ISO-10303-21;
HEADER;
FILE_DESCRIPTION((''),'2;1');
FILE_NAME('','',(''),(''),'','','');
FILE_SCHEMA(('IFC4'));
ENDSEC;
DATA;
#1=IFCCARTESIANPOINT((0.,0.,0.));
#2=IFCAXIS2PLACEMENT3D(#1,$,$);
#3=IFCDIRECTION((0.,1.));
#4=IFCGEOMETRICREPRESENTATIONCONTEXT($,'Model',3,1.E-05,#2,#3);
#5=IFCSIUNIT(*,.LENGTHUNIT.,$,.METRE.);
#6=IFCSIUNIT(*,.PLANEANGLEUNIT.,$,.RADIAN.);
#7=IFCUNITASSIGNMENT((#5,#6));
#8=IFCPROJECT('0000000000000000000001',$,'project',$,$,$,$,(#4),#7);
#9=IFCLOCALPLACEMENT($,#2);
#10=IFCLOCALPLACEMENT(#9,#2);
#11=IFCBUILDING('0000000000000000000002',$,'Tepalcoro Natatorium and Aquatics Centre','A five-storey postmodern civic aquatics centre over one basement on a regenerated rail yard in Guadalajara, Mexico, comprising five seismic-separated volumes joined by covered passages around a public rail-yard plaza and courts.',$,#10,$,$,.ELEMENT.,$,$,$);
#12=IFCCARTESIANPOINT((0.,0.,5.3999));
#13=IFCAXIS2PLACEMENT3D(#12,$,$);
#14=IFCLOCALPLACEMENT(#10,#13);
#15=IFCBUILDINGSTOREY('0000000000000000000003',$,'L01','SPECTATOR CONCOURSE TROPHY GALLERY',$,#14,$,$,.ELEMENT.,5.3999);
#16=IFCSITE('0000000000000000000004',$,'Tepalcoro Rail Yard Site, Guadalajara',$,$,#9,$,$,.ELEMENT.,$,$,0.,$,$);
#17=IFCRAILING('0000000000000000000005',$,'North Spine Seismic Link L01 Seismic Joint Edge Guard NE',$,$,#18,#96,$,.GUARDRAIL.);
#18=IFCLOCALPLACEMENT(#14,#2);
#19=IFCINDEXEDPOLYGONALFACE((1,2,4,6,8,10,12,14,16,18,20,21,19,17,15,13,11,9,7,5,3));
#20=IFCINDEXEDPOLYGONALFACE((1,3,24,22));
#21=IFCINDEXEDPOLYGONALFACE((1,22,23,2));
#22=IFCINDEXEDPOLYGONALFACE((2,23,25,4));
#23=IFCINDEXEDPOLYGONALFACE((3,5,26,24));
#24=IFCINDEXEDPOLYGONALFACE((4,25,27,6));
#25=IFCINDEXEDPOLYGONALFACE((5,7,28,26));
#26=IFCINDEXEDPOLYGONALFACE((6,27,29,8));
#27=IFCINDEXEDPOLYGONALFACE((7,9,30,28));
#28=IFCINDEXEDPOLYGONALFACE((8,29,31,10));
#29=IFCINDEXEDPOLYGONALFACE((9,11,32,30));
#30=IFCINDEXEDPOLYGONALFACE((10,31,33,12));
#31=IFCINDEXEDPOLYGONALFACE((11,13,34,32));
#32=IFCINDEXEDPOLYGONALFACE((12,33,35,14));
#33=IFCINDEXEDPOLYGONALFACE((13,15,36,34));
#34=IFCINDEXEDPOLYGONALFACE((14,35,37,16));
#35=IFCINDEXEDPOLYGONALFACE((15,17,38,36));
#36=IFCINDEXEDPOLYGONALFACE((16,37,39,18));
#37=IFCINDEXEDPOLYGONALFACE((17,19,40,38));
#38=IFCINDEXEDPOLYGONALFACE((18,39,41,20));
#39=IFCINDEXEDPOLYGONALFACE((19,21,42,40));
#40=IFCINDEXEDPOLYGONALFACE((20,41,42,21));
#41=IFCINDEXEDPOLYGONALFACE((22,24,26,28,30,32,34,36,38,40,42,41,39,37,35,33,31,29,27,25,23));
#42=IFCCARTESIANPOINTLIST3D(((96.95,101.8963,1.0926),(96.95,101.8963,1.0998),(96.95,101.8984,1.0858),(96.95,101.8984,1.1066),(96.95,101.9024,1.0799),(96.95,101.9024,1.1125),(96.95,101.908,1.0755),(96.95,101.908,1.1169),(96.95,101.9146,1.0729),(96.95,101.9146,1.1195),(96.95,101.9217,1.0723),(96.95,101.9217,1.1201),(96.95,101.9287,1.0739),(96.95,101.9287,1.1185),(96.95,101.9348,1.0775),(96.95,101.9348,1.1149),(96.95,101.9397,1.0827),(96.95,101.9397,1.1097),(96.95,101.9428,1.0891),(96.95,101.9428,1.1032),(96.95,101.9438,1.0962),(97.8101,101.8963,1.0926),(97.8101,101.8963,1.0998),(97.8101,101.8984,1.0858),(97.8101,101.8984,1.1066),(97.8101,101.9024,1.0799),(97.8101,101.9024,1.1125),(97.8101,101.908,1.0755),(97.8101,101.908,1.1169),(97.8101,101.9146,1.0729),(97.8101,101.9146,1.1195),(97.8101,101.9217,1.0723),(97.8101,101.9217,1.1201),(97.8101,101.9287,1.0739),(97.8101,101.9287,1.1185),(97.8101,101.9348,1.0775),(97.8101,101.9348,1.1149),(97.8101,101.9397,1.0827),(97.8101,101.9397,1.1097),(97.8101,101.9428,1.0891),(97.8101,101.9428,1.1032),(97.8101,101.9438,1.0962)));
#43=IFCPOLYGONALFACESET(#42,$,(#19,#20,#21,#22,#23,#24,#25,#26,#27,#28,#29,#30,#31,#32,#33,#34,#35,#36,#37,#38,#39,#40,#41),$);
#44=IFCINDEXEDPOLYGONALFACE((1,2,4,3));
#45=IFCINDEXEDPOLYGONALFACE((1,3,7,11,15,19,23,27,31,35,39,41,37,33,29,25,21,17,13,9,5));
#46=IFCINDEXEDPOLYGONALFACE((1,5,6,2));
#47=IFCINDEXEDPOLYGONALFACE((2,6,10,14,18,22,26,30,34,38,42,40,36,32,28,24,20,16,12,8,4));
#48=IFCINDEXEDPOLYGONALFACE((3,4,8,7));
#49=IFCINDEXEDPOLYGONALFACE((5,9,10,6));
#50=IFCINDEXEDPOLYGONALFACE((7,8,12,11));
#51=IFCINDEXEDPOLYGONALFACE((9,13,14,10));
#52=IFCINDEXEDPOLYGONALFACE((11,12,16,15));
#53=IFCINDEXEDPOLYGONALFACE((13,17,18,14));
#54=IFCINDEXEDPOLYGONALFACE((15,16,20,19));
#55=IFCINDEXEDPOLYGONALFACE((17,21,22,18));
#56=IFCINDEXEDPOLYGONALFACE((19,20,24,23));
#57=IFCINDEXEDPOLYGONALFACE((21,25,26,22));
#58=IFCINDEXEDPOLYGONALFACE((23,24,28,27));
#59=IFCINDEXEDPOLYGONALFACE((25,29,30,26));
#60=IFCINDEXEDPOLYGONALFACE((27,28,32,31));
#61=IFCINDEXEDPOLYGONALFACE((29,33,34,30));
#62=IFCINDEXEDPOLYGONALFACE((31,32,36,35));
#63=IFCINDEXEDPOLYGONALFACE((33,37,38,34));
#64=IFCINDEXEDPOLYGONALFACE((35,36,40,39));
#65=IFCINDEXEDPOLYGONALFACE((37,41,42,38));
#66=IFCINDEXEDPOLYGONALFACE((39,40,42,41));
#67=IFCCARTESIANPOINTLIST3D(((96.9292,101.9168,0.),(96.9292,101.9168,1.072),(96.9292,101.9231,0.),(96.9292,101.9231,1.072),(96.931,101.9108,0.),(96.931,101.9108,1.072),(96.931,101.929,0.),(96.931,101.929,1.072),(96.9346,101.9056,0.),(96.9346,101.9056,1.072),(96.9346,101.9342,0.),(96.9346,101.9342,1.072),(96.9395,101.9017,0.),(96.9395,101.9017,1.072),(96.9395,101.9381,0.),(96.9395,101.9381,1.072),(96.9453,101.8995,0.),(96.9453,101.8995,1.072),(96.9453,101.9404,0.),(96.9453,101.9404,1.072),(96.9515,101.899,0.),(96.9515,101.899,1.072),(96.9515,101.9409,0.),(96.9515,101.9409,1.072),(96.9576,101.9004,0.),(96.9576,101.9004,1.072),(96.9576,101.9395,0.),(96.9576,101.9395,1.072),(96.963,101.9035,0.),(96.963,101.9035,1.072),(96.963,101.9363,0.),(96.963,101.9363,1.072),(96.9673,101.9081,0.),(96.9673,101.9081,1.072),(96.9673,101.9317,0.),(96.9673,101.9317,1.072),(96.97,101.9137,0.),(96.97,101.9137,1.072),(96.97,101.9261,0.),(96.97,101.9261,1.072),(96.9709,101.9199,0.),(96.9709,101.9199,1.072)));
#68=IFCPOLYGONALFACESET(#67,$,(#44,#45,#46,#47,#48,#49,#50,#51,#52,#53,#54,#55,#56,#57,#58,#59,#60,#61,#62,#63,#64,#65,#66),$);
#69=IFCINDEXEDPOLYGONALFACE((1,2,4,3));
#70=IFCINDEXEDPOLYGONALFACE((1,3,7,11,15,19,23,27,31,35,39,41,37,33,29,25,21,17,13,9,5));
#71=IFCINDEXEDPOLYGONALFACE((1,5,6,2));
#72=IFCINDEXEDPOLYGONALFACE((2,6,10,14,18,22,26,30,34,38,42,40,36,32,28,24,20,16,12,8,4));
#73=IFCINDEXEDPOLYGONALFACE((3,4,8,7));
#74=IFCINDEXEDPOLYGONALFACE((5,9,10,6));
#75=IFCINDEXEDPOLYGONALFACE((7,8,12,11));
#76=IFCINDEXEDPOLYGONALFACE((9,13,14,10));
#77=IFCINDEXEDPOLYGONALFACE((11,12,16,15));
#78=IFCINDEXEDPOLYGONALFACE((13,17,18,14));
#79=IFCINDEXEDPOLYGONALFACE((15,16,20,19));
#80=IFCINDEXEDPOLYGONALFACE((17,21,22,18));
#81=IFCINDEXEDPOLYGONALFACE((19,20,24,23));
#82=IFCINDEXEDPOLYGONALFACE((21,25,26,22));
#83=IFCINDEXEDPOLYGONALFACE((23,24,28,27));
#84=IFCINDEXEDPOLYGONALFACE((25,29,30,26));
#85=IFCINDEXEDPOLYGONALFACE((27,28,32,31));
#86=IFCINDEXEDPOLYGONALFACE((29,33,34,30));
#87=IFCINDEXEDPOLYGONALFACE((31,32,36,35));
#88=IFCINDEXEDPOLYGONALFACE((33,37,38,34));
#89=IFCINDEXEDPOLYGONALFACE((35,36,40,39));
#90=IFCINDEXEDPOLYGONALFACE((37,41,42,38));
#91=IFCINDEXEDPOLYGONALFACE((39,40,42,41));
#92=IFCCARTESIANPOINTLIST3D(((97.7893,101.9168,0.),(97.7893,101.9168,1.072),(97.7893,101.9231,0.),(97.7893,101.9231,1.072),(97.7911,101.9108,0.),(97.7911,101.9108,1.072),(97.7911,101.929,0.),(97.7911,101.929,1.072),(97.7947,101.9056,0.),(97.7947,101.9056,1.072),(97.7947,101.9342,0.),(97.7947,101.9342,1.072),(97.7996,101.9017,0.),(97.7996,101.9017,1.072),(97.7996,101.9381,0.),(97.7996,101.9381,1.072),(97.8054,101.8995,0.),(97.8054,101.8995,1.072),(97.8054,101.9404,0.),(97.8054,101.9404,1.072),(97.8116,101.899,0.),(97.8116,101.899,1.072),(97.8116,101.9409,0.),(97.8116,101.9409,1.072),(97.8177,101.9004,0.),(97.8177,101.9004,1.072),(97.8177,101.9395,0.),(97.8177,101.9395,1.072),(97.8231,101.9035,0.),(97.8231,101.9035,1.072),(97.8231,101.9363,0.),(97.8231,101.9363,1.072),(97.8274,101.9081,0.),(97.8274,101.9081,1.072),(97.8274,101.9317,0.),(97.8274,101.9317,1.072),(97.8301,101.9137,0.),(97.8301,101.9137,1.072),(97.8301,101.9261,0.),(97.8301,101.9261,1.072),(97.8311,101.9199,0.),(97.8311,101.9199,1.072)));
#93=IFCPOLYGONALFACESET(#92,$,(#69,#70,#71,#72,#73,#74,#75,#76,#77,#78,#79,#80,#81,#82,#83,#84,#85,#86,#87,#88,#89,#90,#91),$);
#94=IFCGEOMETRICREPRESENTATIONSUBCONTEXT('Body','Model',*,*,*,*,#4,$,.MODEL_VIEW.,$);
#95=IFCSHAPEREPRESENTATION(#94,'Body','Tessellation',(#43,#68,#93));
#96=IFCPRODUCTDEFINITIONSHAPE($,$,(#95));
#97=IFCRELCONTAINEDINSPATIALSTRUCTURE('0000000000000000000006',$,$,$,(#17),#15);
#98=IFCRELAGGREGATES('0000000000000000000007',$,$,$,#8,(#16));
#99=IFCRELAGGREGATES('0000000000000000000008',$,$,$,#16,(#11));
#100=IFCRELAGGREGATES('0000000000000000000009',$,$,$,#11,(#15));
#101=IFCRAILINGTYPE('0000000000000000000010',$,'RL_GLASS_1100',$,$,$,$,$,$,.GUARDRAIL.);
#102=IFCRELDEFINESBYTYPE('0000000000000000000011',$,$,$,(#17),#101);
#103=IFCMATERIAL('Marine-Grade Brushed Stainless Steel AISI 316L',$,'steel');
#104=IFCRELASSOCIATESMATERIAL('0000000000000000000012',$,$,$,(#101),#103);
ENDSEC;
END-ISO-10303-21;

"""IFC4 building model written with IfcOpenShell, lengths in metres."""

from ifc_helpers import new_model, si_unit, direction, frame, origin, origin_2d, place, context, subcontext, project, spatial, circle, extrude, material, type_object, element, save


model = new_model("IFC4")

# Units and contexts
model_context = context("Model", 3, precision=1e-05, world=origin(), true_north=direction((0.0, 1.0)))
body_context = subcontext(model_context, "Body", "Model", "MODEL_VIEW")
ifc_project = project(units=[si_unit("LENGTHUNIT", "METRE"), si_unit("PLANEANGLEUNIT", "RADIAN")], contexts=[model_context])

# Site, building, storey
site_placement = place(None, origin())
site = spatial("IfcSite", under=ifc_project, at=site_placement, Name="Tepalcoro Rail Yard Site, Guadalajara", CompositionType="ELEMENT", RefElevation=0.0)
building_placement = place(site_placement, origin())
building = spatial("IfcBuilding", under=site, at=building_placement, Name="Tepalcoro Natatorium and Aquatics Centre", Description="A five-storey postmodern civic aquatics centre over one basement on a regenerated rail yard in Guadalajara, Mexico, comprising five seismic-separated volumes joined by covered passages around a public rail-yard plaza and courts.", CompositionType="ELEMENT")
storey_placement = place(building_placement, frame((0.0, 0.0, 5.3999)))
storey = spatial("IfcBuildingStorey", under=building, at=storey_placement, Name="L01", Description="SPECTATOR CONCOURSE TROPHY GALLERY", CompositionType="ELEMENT", Elevation=5.3999)

# Railing
ifc_material_1 = material(Name="Marine-Grade Brushed Stainless Steel AISI 316L", Category="steel")
railing_type = type_object("IfcRailingType", Name="RL_GLASS_1100", PredefinedType="GUARDRAIL", material=ifc_material_1)
for number, where, name in (
    (1, (96.95, 101.9199, 0.0), "North Spine Seismic Link L01 Seismic Joint Edge Guard NE"),
):
    element("IfcRailing", number, at=place(storey_placement, frame(where)), inside=storey, type_object=railing_type, Name=name, PredefinedType="GUARDRAIL", context=body_context, shape_type="SweptSolid", body=[
        extrude(circle(Radius=0.0239, at=origin_2d()), frame((0.0, 0.0, 1.0962), z_axis=(1.0, 0.0, 0.0), x_axis=(0.0, 1.0, 0.0)), (0.0, 0.0, 1.0), 0.8601),
        extrude(circle(Radius=0.021, at=origin_2d()), origin(), (0.0, 0.0, 1.0), 1.072),
        extrude(circle(Radius=0.021, at=origin_2d()), frame((0.8601, 0.0, 0.0)), (0.0, 0.0, 1.0), 1.072),
    ])

save(model, "model.ifc")
